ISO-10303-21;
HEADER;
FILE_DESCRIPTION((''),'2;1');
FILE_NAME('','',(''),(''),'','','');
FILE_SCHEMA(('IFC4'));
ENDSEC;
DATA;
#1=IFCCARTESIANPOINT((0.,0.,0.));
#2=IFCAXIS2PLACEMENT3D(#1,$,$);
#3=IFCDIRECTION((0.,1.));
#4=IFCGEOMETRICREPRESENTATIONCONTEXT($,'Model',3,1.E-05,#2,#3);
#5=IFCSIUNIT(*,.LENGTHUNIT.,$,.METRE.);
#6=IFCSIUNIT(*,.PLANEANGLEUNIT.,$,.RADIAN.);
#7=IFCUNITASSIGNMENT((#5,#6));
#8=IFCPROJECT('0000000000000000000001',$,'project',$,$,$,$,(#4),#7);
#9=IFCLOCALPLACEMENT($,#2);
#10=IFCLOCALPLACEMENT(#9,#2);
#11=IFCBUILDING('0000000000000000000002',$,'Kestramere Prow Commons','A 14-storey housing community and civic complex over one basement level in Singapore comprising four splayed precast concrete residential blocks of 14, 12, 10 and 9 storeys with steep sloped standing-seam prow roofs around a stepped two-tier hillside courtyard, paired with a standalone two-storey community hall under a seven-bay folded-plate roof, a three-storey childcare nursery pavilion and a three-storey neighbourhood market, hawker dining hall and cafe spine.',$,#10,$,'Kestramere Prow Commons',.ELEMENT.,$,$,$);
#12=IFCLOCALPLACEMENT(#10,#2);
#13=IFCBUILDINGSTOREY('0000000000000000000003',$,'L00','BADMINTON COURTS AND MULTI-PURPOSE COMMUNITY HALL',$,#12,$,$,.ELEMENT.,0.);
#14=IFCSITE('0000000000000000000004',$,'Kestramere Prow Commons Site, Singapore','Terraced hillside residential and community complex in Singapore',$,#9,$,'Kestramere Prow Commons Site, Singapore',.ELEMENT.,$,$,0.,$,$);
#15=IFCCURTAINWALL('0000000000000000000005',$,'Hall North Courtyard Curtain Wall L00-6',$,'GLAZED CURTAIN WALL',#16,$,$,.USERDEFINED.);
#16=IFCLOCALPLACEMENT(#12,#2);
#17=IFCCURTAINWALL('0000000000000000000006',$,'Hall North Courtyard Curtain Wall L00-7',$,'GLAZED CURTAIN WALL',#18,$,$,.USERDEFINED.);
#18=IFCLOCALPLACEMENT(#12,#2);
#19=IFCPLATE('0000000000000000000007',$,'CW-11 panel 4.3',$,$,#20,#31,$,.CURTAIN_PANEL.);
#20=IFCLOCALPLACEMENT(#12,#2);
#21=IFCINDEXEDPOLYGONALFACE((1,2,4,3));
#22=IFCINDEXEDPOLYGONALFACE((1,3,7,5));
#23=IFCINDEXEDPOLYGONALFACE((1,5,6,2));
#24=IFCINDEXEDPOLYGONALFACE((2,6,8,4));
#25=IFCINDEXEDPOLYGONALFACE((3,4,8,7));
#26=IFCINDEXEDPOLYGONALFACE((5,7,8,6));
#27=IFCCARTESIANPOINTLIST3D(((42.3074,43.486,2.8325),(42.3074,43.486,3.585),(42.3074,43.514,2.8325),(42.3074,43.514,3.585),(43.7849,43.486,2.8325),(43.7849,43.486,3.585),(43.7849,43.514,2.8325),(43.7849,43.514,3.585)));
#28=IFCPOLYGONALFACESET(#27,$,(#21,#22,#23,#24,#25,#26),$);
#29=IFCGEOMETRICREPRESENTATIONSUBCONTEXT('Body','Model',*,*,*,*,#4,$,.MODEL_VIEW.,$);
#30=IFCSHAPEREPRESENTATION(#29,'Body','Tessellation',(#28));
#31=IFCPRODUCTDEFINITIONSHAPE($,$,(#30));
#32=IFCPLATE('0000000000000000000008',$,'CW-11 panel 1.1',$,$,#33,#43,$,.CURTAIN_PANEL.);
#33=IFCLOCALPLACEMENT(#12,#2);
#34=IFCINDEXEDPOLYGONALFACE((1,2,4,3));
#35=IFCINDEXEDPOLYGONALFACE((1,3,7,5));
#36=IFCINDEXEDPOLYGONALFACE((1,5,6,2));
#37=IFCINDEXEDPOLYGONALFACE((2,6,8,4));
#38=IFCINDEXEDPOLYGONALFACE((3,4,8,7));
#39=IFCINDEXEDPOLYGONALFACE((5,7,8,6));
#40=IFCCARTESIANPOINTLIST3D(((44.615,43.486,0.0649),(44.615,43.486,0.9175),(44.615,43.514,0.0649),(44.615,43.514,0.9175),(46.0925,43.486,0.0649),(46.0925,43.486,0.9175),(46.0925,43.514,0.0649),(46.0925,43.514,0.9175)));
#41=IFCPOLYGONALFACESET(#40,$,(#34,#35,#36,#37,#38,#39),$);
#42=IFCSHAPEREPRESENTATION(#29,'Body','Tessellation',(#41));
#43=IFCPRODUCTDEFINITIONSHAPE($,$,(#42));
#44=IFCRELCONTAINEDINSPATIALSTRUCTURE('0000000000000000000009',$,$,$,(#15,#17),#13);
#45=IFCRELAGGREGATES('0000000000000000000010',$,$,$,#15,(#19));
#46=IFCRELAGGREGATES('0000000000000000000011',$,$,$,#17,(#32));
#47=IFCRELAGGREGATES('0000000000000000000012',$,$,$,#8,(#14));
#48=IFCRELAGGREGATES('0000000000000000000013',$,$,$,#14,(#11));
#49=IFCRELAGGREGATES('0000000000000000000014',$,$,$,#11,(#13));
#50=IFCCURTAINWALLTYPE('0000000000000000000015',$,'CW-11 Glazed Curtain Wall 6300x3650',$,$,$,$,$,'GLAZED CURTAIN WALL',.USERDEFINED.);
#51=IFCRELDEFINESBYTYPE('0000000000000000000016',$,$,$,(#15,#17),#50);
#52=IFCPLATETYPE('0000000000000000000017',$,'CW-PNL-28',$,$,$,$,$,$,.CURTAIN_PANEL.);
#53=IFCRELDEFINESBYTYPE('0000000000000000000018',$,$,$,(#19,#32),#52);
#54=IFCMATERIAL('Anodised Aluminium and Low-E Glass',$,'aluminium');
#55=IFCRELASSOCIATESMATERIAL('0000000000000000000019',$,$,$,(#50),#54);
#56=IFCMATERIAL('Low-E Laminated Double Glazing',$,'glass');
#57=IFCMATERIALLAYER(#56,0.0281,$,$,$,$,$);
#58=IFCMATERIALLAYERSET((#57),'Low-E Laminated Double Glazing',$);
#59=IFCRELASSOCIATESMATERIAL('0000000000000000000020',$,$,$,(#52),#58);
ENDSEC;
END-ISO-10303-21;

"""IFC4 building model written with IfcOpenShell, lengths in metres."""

from ifc_helpers import new_model, si_unit, direction, frame, origin, origin_2d, place, context, subcontext, project, spatial, rectangle, extrude, material, layer, layer_set, type_object, element, aggregate, save


model = new_model("IFC4")

# Units and contexts
model_context = context("Model", 3, precision=1e-05, world=origin(), true_north=direction((0.0, 1.0)))
body_context = subcontext(model_context, "Body", "Model", "MODEL_VIEW")
ifc_project = project(units=[si_unit("LENGTHUNIT", "METRE"), si_unit("PLANEANGLEUNIT", "RADIAN")], contexts=[model_context])

# Site, building, storey
site_placement = place(None, origin())
site = spatial("IfcSite", under=ifc_project, at=site_placement, Name="Kestramere Prow Commons Site, Singapore", Description="Terraced hillside residential and community complex in Singapore", LongName="Kestramere Prow Commons Site, Singapore", CompositionType="ELEMENT", RefElevation=0.0)
building_placement = place(site_placement, origin())
building = spatial("IfcBuilding", under=site, at=building_placement, Name="Kestramere Prow Commons", Description="A 14-storey housing community and civic complex over one basement level in Singapore comprising four splayed precast concrete residential blocks of 14, 12, 10 and 9 storeys with steep sloped standing-seam prow roofs around a stepped two-tier hillside courtyard, paired with a standalone two-storey community hall under a seven-bay folded-plate roof, a three-storey childcare nursery pavilion and a three-storey neighbourhood market, hawker dining hall and cafe spine.", LongName="Kestramere Prow Commons", CompositionType="ELEMENT")
storey_placement = place(building_placement, origin())
storey = spatial("IfcBuildingStorey", under=building, at=storey_placement, Name="L00", Description="BADMINTON COURTS AND MULTI-PURPOSE COMMUNITY HALL", CompositionType="ELEMENT", Elevation=0.0)

# Curtain wall
ifc_material_1 = material(Name="Anodised Aluminium and Low-E Glass", Category="aluminium")
curtain_wall_type = type_object("IfcCurtainWallType", Name="CW-11 Glazed Curtain Wall 6300x3650", ElementType="GLAZED CURTAIN WALL", PredefinedType="USERDEFINED", material=ifc_material_1)
curtain_wall_1_placement = place(storey_placement, origin())
curtain_wall_1 = element("IfcCurtainWall", 1, at=curtain_wall_1_placement, inside=storey, type_object=curtain_wall_type, Name="Hall North Courtyard Curtain Wall L00-6", ObjectType="GLAZED CURTAIN WALL", PredefinedType="USERDEFINED")

# Curtain wall
curtain_wall_2_placement = place(storey_placement, origin())
curtain_wall_2 = element("IfcCurtainWall", 2, at=curtain_wall_2_placement, inside=storey, type_object=curtain_wall_type, Name="Hall North Courtyard Curtain Wall L00-7", ObjectType="GLAZED CURTAIN WALL", PredefinedType="USERDEFINED")

# Plates
ifc_material_2 = material(Name="Low-E Laminated Double Glazing", Category="glass")
ifc_layer = layer(ifc_material_2, 0.0281)
ifc_layer_set = layer_set([ifc_layer], Name="Low-E Laminated Double Glazing")
plate_type = type_object("IfcPlateType", Name="CW-PNL-28", PredefinedType="CURTAIN_PANEL", material=ifc_layer_set)
plate_1_placement = place(storey_placement, frame((43.0461, 43.5, 2.8325), z_axis=(0.0, 0.0, 1.0), x_axis=(1.0, 0.0, 0.0)))
plate_1 = element("IfcPlate", 3, at=plate_1_placement, type_object=plate_type, Name="CW-11 panel 4.3", PredefinedType="CURTAIN_PANEL", context=body_context, shape_type="SweptSolid", body=[
    extrude(rectangle(XDim=1.4775, YDim=0.0281, at=origin_2d()), origin(), (0.0, 0.0, 1.0), 0.7524),
])
aggregate(curtain_wall_1, [plate_1])
plate_2_placement = place(storey_placement, frame((45.3538, 43.5, 0.0649), z_axis=(0.0, 0.0, 1.0), x_axis=(1.0, 0.0, 0.0)))
plate_2 = element("IfcPlate", 4, at=plate_2_placement, type_object=plate_type, Name="CW-11 panel 1.1", PredefinedType="CURTAIN_PANEL", context=body_context, shape_type="SweptSolid", body=[
    extrude(rectangle(XDim=1.4775, YDim=0.0281, at=origin_2d()), origin(), (0.0, 0.0, 1.0), 0.8525),
])
aggregate(curtain_wall_2, [plate_2])

save(model, "model.ifc")
